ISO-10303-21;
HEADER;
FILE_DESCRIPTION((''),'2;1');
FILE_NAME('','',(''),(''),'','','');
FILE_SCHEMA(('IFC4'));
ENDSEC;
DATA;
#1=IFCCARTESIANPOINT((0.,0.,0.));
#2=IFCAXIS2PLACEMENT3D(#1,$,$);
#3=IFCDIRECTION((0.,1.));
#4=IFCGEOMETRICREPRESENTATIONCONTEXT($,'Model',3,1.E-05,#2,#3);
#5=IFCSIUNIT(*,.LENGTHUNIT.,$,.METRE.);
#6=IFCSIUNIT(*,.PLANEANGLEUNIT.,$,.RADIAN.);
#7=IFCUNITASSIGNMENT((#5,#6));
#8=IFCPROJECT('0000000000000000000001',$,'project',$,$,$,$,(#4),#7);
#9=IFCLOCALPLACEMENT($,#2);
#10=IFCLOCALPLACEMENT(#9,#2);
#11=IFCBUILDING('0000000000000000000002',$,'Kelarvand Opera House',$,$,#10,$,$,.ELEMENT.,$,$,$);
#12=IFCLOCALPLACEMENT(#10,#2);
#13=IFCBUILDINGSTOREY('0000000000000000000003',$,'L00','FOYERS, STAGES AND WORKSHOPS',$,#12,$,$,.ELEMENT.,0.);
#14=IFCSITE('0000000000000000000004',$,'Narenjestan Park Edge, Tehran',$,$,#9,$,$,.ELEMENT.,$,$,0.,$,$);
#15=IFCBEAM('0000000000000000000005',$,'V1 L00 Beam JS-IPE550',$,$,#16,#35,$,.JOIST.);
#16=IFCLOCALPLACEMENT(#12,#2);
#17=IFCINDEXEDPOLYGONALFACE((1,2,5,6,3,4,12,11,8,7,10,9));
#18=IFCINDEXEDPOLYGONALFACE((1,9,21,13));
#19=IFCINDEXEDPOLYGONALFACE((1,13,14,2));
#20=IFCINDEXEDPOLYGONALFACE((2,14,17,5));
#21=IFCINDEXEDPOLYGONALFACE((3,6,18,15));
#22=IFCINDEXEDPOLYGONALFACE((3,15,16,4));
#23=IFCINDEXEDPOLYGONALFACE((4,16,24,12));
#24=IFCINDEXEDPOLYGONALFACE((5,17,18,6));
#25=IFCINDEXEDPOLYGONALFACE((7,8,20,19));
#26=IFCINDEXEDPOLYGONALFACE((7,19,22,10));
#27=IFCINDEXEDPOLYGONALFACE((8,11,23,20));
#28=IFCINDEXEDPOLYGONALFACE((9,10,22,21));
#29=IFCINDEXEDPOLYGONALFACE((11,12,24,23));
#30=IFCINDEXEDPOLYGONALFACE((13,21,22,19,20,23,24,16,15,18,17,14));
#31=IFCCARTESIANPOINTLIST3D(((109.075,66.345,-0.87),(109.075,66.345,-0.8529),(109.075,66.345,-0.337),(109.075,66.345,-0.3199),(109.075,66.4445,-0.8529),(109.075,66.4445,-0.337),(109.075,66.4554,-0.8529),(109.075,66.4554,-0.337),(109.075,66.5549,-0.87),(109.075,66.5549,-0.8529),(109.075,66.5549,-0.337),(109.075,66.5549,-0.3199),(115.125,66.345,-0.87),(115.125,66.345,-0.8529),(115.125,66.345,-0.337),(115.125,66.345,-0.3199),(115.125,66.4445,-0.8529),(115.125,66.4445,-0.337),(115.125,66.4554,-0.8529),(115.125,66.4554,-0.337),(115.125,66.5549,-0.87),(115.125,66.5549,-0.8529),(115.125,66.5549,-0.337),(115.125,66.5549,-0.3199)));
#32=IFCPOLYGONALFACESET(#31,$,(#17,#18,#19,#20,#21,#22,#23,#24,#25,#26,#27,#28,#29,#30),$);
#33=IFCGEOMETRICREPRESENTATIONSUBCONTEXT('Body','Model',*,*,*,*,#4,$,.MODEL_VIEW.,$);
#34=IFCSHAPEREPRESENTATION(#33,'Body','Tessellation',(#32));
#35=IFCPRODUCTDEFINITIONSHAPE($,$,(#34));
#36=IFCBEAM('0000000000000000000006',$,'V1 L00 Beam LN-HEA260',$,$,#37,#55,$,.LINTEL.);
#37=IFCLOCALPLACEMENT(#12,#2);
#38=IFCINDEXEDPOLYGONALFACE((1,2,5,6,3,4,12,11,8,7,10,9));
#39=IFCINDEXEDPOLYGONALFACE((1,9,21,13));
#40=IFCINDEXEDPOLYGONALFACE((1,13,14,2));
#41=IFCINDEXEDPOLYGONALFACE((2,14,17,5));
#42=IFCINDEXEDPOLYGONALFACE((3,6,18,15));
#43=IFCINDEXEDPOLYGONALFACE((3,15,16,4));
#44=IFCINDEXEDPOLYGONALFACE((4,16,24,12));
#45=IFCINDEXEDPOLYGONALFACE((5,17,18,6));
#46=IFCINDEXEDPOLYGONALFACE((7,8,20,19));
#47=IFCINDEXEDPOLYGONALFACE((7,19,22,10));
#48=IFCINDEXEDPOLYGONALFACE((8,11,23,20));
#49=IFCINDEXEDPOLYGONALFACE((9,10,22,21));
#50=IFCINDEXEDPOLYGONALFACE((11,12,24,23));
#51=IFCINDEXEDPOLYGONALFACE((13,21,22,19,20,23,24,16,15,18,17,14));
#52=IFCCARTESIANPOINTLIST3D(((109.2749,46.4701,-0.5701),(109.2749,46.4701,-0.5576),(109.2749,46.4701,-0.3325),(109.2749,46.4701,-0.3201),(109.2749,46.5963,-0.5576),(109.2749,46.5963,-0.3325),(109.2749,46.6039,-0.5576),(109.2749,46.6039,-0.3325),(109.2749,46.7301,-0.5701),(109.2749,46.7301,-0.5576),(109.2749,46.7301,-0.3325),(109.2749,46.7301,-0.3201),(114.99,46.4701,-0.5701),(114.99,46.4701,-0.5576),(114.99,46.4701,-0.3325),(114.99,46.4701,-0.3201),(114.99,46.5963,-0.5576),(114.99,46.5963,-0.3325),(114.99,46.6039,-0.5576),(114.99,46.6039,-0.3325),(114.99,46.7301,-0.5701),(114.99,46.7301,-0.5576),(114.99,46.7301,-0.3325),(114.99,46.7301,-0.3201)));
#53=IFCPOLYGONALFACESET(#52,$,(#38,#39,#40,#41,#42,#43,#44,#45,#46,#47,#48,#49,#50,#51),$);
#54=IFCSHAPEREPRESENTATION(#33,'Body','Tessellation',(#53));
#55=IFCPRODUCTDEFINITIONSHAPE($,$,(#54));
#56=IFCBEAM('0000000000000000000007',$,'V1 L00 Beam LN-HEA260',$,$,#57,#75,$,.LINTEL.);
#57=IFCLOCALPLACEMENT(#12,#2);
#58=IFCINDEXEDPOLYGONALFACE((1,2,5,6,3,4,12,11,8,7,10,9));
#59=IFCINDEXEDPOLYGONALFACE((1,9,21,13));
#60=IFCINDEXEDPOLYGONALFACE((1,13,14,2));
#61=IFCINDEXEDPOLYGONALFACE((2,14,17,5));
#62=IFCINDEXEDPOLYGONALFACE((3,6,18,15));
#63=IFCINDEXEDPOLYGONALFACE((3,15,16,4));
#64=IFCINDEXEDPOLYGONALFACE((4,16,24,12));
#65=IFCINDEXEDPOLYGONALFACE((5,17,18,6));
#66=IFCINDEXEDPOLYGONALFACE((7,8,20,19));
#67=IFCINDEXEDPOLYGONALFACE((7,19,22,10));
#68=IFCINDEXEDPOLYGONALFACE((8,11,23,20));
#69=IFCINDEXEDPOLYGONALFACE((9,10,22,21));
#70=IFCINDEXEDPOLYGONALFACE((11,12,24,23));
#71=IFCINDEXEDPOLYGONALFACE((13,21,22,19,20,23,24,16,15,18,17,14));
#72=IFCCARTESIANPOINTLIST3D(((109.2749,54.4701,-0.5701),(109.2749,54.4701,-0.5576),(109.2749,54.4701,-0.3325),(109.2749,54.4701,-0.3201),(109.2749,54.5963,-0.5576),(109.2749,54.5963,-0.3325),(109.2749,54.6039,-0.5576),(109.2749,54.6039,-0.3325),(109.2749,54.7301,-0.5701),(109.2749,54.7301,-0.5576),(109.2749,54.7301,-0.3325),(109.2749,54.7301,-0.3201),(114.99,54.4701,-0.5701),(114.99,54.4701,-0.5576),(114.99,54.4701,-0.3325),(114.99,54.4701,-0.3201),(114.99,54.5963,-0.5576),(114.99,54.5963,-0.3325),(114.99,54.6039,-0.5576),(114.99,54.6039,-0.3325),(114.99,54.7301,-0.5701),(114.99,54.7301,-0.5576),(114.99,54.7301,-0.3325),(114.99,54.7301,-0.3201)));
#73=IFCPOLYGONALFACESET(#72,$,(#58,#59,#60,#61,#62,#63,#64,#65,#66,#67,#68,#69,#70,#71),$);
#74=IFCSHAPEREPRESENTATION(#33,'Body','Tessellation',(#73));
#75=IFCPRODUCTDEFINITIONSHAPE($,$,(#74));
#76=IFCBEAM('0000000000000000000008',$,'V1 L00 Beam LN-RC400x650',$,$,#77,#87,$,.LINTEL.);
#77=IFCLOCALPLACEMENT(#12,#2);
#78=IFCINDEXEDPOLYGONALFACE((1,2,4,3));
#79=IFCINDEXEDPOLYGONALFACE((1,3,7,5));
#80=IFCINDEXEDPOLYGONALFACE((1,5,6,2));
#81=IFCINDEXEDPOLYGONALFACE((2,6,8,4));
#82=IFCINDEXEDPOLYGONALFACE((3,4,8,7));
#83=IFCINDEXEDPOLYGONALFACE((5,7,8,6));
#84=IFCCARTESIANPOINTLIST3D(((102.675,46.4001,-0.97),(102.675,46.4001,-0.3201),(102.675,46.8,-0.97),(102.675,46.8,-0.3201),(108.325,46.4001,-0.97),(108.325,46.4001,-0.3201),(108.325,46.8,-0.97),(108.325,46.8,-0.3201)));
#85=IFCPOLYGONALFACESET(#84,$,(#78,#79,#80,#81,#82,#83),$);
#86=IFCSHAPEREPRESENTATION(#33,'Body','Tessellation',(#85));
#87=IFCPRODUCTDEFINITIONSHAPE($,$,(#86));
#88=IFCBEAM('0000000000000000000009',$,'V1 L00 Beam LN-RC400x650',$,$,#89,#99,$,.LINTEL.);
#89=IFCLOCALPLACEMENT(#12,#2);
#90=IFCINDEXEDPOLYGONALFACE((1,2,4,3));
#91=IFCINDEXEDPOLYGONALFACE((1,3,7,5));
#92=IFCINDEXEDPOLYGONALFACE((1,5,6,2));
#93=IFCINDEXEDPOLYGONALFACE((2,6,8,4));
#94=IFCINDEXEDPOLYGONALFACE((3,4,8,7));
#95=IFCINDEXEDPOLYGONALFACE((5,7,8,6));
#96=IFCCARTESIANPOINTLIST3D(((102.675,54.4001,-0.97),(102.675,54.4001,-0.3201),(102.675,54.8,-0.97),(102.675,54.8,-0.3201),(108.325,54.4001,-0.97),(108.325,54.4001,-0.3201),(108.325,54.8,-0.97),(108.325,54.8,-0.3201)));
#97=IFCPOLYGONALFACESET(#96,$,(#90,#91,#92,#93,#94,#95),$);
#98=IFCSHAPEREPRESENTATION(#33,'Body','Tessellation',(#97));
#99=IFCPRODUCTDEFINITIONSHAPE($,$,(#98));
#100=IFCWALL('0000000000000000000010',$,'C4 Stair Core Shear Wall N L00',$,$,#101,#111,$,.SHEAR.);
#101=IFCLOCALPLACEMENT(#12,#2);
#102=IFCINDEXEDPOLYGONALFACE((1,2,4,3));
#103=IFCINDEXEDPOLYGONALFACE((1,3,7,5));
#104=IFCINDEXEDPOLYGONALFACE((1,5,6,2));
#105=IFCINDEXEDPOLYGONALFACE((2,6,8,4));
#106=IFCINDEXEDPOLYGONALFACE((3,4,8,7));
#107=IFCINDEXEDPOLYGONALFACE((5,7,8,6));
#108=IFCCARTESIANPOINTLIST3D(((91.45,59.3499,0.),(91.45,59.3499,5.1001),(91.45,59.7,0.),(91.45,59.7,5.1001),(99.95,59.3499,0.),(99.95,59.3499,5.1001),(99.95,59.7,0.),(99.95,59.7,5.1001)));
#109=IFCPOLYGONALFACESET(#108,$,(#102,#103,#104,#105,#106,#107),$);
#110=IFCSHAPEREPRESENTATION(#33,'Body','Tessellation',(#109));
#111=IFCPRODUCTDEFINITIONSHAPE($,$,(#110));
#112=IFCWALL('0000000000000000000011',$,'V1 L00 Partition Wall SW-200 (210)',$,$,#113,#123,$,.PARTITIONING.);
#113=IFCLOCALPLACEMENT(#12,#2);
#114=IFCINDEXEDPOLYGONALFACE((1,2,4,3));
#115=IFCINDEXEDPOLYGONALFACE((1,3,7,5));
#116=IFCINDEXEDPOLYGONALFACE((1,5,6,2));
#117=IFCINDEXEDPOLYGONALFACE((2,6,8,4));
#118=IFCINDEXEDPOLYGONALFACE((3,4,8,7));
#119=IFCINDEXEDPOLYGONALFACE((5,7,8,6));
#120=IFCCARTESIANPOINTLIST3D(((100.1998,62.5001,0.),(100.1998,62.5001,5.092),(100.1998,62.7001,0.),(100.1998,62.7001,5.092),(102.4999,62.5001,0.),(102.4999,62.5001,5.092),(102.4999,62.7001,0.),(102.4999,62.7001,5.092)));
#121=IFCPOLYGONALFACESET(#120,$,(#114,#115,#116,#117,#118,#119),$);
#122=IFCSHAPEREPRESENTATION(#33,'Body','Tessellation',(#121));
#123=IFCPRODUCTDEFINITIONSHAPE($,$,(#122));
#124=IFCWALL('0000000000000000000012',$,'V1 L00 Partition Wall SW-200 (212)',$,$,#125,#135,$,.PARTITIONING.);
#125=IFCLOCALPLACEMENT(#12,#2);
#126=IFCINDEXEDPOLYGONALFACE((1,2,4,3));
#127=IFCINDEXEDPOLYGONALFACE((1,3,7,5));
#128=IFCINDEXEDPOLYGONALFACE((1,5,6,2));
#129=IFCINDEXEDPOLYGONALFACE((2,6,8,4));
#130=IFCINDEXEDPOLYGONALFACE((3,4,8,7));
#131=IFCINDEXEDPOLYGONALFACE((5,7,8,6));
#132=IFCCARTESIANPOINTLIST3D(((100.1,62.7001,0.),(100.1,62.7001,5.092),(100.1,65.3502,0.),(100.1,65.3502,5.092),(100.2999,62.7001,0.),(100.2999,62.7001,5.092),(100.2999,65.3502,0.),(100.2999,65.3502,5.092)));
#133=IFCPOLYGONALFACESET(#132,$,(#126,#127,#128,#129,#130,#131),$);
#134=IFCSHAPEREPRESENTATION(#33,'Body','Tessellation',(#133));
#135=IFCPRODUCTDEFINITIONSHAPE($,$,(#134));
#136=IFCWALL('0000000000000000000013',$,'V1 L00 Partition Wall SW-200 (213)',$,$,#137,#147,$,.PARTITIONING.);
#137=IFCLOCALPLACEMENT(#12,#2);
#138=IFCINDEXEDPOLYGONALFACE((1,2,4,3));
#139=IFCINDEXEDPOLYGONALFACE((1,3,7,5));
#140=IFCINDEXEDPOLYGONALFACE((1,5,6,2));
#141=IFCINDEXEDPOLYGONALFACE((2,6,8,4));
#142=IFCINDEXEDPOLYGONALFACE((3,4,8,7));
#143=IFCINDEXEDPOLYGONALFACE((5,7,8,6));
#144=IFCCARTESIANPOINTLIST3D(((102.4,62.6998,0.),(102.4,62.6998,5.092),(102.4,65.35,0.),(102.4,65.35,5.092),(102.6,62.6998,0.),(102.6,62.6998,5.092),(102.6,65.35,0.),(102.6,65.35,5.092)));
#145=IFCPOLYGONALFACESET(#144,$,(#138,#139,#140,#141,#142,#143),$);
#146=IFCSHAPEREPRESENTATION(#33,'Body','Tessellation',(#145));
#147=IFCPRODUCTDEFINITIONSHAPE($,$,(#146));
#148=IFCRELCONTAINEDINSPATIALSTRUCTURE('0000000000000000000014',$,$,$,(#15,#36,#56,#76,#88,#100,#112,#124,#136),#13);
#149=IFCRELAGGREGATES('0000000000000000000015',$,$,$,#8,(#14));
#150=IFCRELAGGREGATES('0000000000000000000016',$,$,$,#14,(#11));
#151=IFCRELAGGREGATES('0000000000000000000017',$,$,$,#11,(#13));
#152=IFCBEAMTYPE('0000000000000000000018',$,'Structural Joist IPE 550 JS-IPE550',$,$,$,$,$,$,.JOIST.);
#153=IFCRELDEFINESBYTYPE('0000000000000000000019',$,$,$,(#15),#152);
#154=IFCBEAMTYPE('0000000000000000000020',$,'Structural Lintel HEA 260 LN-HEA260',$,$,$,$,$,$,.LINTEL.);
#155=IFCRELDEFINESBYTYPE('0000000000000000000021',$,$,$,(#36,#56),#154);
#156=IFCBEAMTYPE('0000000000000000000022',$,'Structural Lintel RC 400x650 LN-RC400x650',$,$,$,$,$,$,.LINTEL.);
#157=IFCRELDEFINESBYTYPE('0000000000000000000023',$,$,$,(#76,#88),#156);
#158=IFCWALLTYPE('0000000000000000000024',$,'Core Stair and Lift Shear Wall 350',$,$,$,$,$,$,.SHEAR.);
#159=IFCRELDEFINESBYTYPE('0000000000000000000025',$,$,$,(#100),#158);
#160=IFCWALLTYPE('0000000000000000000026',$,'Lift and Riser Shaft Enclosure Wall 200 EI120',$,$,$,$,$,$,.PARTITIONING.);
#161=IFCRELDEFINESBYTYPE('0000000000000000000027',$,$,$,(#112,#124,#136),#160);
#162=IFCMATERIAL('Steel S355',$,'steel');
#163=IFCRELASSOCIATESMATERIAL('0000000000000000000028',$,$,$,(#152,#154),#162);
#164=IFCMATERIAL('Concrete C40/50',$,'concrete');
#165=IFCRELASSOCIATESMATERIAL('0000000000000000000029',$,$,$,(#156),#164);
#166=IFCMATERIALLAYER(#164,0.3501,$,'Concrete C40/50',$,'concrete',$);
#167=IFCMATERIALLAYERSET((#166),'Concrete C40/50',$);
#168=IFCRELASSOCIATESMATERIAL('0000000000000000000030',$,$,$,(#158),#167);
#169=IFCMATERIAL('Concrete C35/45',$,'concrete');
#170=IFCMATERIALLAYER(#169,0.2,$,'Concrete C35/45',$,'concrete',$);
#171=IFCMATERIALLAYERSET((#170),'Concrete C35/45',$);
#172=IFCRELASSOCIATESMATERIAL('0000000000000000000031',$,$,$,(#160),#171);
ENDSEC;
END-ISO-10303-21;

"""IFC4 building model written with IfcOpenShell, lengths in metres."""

from ifc_helpers import new_model, si_unit, direction, frame, frame_2d, origin, origin_2d, place, context, subcontext, project, spatial, rectangle, i_section, extrude, material, layer, layer_set, material_profile, profile_set, type_object, element, save


model = new_model("IFC4")

# Units and contexts
model_context = context("Model", 3, precision=1e-05, world=origin(), true_north=direction((0.0, 1.0)))
body_context = subcontext(model_context, "Body", "Model", "MODEL_VIEW")
ifc_project = project(units=[si_unit("LENGTHUNIT", "METRE"), si_unit("PLANEANGLEUNIT", "RADIAN")], contexts=[model_context])

# Site, building, storey
site_placement = place(None, origin())
site = spatial("IfcSite", under=ifc_project, at=site_placement, Name="Narenjestan Park Edge, Tehran", CompositionType="ELEMENT", RefElevation=0.0)
building_placement = place(site_placement, origin())
building = spatial("IfcBuilding", under=site, at=building_placement, Name="Kelarvand Opera House", CompositionType="ELEMENT")
storey_placement = place(building_placement, origin())
storey = spatial("IfcBuildingStorey", under=building, at=storey_placement, Name="L00", Description="FOYERS, STAGES AND WORKSHOPS", CompositionType="ELEMENT", Elevation=0.0)

# Shared definitions
ifc_material_1 = material(Name="Concrete C40/50", Category="concrete")

# Beams
ifc_material_2 = material(Name="Steel S355", Category="steel")
ifc_material_profile_1 = material_profile(ifc_material_2, i_section(OverallWidth=0.21, OverallDepth=0.55, WebThickness=0.011, FlangeThickness=0.0171, at=origin_2d()), Name="IPE 550", Category="steel")
ifc_profile_set_1 = profile_set([ifc_material_profile_1], Name="Steel S355")
beam_type_1 = type_object("IfcBeamType", Name="Structural Joist IPE 550 JS-IPE550", PredefinedType="JOIST", material=ifc_profile_set_1)
beam_1_placement = place(storey_placement, frame((109.075, 66.45, -0.595), z_axis=(1.0, 0.0, 0.0), x_axis=(0.0, 1.0, 0.0)))
element("IfcBeam", 1, at=beam_1_placement, inside=storey, type_object=beam_type_1, Name="V1 L00 Beam JS-IPE550", PredefinedType="JOIST", context=body_context, shape_type="SweptSolid", body=[
    extrude(i_section(OverallWidth=0.21, OverallDepth=0.55, WebThickness=0.011, FlangeThickness=0.0171, at=origin_2d()), origin(), (0.0, 0.0, 1.0), 6.05),
])
ifc_material_profile_2 = material_profile(ifc_material_2, i_section(OverallWidth=0.26, OverallDepth=0.25, WebThickness=0.0076, FlangeThickness=0.0125, at=origin_2d()), Name="HEA 260", Category="steel")
ifc_profile_set_2 = profile_set([ifc_material_profile_2], Name="Steel S355")
beam_type_2 = type_object("IfcBeamType", Name="Structural Lintel HEA 260 LN-HEA260", PredefinedType="LINTEL", material=ifc_profile_set_2)
for number, where, z_axis, x_axis, name in (
    (2, (109.2749, 46.6001, -0.4451), (1.0, 0.0, 0.0), (0.0, 1.0, 0.0), "V1 L00 Beam LN-HEA260"),
    (3, (109.2749, 54.6001, -0.4451), (1.0, 0.0, 0.0), (0.0, 1.0, 0.0), "V1 L00 Beam LN-HEA260"),
):
    element("IfcBeam", number, at=place(storey_placement, frame(where, z_axis=z_axis, x_axis=x_axis)), inside=storey, type_object=beam_type_2, Name=name, PredefinedType="LINTEL", context=body_context, shape_type="SweptSolid", body=[
        extrude(i_section(OverallWidth=0.26, OverallDepth=0.25, WebThickness=0.0076, FlangeThickness=0.0125, at=origin_2d()), origin(), (0.0, 0.0, 1.0), 5.7151),
    ])
ifc_material_profile_3 = material_profile(ifc_material_1, rectangle(XDim=0.3999, YDim=0.6499, at=origin_2d()), Name="RC 400x650", Category="concrete")
ifc_profile_set_3 = profile_set([ifc_material_profile_3], Name="Concrete C40/50")
beam_type_3 = type_object("IfcBeamType", Name="Structural Lintel RC 400x650 LN-RC400x650", PredefinedType="LINTEL", material=ifc_profile_set_3)
for number, where, z_axis, x_axis, name in (
    (4, (102.675, 46.6001, -0.645), (1.0, 0.0, 0.0), (0.0, 1.0, 0.0), "V1 L00 Beam LN-RC400x650"),
    (5, (102.675, 54.6001, -0.645), (1.0, 0.0, 0.0), (0.0, 1.0, 0.0), "V1 L00 Beam LN-RC400x650"),
):
    element("IfcBeam", number, at=place(storey_placement, frame(where, z_axis=z_axis, x_axis=x_axis)), inside=storey, type_object=beam_type_3, Name=name, PredefinedType="LINTEL", context=body_context, shape_type="SweptSolid", body=[
        extrude(rectangle(XDim=0.3999, YDim=0.6499, at=origin_2d()), origin(), (0.0, 0.0, 1.0), 5.6499),
    ])

# Walls
ifc_layer_1 = layer(ifc_material_1, 0.3501, Name="Concrete C40/50", Category="concrete")
ifc_layer_set_1 = layer_set([ifc_layer_1], Name="Concrete C40/50")
wall_type_1 = type_object("IfcWallType", Name="Core Stair and Lift Shear Wall 350", PredefinedType="SHEAR", material=ifc_layer_set_1)
wall_1_placement = place(storey_placement, frame((99.95, 59.5249, 0.0), z_axis=(0.0, 0.0, 1.0), x_axis=(-1.0, 0.0, 0.0)))
element("IfcWall", 6, at=wall_1_placement, inside=storey, type_object=wall_type_1, Name="C4 Stair Core Shear Wall N L00", PredefinedType="SHEAR", context=body_context, shape_type="SweptSolid", body=[
    extrude(rectangle(XDim=8.5, YDim=0.3501, at=frame_2d((4.25, 0.0))), origin(), (0.0, 0.0, 1.0), 5.1001),
])
ifc_material_3 = material(Name="Concrete C35/45", Category="concrete")
ifc_layer_2 = layer(ifc_material_3, 0.2, Name="Concrete C35/45", Category="concrete")
ifc_layer_set_2 = layer_set([ifc_layer_2], Name="Concrete C35/45")
wall_type_2 = type_object("IfcWallType", Name="Lift and Riser Shaft Enclosure Wall 200 EI120", PredefinedType="PARTITIONING", material=ifc_layer_set_2)
wall_2_placement = place(storey_placement, frame((100.2, 62.6001, 0.0), z_axis=(0.0, 0.0, 1.0), x_axis=(1.0, 0.0, 0.0)))
element("IfcWall", 7, at=wall_2_placement, inside=storey, type_object=wall_type_2, Name="V1 L00 Partition Wall SW-200 (210)", PredefinedType="PARTITIONING", context=body_context, shape_type="SweptSolid", body=[
    extrude(rectangle(XDim=2.3, YDim=0.2, at=frame_2d((1.1499, 0.0))), origin(), (0.0, 0.0, 1.0), 5.092),
])

# Walls
for number, where, z_axis, x_axis, name in (
    (8, (100.2, 62.7, 0.0), (0.0, 0.0, 1.0), (0.0, 1.0, 0.0), "V1 L00 Partition Wall SW-200 (212)"),
    (9, (102.5, 65.3501, 0.0), (0.0, 0.0, 1.0), (0.0, -1.0, 0.0), "V1 L00 Partition Wall SW-200 (213)"),
):
    element("IfcWall", number, at=place(storey_placement, frame(where, z_axis=z_axis, x_axis=x_axis)), inside=storey, type_object=wall_type_2, Name=name, PredefinedType="PARTITIONING", context=body_context, shape_type="SweptSolid", body=[
        extrude(rectangle(XDim=2.6501, YDim=0.2, at=frame_2d((1.3252, 0.0))), origin(), (0.0, 0.0, 1.0), 5.092),
    ])

save(model, "model.ifc")
